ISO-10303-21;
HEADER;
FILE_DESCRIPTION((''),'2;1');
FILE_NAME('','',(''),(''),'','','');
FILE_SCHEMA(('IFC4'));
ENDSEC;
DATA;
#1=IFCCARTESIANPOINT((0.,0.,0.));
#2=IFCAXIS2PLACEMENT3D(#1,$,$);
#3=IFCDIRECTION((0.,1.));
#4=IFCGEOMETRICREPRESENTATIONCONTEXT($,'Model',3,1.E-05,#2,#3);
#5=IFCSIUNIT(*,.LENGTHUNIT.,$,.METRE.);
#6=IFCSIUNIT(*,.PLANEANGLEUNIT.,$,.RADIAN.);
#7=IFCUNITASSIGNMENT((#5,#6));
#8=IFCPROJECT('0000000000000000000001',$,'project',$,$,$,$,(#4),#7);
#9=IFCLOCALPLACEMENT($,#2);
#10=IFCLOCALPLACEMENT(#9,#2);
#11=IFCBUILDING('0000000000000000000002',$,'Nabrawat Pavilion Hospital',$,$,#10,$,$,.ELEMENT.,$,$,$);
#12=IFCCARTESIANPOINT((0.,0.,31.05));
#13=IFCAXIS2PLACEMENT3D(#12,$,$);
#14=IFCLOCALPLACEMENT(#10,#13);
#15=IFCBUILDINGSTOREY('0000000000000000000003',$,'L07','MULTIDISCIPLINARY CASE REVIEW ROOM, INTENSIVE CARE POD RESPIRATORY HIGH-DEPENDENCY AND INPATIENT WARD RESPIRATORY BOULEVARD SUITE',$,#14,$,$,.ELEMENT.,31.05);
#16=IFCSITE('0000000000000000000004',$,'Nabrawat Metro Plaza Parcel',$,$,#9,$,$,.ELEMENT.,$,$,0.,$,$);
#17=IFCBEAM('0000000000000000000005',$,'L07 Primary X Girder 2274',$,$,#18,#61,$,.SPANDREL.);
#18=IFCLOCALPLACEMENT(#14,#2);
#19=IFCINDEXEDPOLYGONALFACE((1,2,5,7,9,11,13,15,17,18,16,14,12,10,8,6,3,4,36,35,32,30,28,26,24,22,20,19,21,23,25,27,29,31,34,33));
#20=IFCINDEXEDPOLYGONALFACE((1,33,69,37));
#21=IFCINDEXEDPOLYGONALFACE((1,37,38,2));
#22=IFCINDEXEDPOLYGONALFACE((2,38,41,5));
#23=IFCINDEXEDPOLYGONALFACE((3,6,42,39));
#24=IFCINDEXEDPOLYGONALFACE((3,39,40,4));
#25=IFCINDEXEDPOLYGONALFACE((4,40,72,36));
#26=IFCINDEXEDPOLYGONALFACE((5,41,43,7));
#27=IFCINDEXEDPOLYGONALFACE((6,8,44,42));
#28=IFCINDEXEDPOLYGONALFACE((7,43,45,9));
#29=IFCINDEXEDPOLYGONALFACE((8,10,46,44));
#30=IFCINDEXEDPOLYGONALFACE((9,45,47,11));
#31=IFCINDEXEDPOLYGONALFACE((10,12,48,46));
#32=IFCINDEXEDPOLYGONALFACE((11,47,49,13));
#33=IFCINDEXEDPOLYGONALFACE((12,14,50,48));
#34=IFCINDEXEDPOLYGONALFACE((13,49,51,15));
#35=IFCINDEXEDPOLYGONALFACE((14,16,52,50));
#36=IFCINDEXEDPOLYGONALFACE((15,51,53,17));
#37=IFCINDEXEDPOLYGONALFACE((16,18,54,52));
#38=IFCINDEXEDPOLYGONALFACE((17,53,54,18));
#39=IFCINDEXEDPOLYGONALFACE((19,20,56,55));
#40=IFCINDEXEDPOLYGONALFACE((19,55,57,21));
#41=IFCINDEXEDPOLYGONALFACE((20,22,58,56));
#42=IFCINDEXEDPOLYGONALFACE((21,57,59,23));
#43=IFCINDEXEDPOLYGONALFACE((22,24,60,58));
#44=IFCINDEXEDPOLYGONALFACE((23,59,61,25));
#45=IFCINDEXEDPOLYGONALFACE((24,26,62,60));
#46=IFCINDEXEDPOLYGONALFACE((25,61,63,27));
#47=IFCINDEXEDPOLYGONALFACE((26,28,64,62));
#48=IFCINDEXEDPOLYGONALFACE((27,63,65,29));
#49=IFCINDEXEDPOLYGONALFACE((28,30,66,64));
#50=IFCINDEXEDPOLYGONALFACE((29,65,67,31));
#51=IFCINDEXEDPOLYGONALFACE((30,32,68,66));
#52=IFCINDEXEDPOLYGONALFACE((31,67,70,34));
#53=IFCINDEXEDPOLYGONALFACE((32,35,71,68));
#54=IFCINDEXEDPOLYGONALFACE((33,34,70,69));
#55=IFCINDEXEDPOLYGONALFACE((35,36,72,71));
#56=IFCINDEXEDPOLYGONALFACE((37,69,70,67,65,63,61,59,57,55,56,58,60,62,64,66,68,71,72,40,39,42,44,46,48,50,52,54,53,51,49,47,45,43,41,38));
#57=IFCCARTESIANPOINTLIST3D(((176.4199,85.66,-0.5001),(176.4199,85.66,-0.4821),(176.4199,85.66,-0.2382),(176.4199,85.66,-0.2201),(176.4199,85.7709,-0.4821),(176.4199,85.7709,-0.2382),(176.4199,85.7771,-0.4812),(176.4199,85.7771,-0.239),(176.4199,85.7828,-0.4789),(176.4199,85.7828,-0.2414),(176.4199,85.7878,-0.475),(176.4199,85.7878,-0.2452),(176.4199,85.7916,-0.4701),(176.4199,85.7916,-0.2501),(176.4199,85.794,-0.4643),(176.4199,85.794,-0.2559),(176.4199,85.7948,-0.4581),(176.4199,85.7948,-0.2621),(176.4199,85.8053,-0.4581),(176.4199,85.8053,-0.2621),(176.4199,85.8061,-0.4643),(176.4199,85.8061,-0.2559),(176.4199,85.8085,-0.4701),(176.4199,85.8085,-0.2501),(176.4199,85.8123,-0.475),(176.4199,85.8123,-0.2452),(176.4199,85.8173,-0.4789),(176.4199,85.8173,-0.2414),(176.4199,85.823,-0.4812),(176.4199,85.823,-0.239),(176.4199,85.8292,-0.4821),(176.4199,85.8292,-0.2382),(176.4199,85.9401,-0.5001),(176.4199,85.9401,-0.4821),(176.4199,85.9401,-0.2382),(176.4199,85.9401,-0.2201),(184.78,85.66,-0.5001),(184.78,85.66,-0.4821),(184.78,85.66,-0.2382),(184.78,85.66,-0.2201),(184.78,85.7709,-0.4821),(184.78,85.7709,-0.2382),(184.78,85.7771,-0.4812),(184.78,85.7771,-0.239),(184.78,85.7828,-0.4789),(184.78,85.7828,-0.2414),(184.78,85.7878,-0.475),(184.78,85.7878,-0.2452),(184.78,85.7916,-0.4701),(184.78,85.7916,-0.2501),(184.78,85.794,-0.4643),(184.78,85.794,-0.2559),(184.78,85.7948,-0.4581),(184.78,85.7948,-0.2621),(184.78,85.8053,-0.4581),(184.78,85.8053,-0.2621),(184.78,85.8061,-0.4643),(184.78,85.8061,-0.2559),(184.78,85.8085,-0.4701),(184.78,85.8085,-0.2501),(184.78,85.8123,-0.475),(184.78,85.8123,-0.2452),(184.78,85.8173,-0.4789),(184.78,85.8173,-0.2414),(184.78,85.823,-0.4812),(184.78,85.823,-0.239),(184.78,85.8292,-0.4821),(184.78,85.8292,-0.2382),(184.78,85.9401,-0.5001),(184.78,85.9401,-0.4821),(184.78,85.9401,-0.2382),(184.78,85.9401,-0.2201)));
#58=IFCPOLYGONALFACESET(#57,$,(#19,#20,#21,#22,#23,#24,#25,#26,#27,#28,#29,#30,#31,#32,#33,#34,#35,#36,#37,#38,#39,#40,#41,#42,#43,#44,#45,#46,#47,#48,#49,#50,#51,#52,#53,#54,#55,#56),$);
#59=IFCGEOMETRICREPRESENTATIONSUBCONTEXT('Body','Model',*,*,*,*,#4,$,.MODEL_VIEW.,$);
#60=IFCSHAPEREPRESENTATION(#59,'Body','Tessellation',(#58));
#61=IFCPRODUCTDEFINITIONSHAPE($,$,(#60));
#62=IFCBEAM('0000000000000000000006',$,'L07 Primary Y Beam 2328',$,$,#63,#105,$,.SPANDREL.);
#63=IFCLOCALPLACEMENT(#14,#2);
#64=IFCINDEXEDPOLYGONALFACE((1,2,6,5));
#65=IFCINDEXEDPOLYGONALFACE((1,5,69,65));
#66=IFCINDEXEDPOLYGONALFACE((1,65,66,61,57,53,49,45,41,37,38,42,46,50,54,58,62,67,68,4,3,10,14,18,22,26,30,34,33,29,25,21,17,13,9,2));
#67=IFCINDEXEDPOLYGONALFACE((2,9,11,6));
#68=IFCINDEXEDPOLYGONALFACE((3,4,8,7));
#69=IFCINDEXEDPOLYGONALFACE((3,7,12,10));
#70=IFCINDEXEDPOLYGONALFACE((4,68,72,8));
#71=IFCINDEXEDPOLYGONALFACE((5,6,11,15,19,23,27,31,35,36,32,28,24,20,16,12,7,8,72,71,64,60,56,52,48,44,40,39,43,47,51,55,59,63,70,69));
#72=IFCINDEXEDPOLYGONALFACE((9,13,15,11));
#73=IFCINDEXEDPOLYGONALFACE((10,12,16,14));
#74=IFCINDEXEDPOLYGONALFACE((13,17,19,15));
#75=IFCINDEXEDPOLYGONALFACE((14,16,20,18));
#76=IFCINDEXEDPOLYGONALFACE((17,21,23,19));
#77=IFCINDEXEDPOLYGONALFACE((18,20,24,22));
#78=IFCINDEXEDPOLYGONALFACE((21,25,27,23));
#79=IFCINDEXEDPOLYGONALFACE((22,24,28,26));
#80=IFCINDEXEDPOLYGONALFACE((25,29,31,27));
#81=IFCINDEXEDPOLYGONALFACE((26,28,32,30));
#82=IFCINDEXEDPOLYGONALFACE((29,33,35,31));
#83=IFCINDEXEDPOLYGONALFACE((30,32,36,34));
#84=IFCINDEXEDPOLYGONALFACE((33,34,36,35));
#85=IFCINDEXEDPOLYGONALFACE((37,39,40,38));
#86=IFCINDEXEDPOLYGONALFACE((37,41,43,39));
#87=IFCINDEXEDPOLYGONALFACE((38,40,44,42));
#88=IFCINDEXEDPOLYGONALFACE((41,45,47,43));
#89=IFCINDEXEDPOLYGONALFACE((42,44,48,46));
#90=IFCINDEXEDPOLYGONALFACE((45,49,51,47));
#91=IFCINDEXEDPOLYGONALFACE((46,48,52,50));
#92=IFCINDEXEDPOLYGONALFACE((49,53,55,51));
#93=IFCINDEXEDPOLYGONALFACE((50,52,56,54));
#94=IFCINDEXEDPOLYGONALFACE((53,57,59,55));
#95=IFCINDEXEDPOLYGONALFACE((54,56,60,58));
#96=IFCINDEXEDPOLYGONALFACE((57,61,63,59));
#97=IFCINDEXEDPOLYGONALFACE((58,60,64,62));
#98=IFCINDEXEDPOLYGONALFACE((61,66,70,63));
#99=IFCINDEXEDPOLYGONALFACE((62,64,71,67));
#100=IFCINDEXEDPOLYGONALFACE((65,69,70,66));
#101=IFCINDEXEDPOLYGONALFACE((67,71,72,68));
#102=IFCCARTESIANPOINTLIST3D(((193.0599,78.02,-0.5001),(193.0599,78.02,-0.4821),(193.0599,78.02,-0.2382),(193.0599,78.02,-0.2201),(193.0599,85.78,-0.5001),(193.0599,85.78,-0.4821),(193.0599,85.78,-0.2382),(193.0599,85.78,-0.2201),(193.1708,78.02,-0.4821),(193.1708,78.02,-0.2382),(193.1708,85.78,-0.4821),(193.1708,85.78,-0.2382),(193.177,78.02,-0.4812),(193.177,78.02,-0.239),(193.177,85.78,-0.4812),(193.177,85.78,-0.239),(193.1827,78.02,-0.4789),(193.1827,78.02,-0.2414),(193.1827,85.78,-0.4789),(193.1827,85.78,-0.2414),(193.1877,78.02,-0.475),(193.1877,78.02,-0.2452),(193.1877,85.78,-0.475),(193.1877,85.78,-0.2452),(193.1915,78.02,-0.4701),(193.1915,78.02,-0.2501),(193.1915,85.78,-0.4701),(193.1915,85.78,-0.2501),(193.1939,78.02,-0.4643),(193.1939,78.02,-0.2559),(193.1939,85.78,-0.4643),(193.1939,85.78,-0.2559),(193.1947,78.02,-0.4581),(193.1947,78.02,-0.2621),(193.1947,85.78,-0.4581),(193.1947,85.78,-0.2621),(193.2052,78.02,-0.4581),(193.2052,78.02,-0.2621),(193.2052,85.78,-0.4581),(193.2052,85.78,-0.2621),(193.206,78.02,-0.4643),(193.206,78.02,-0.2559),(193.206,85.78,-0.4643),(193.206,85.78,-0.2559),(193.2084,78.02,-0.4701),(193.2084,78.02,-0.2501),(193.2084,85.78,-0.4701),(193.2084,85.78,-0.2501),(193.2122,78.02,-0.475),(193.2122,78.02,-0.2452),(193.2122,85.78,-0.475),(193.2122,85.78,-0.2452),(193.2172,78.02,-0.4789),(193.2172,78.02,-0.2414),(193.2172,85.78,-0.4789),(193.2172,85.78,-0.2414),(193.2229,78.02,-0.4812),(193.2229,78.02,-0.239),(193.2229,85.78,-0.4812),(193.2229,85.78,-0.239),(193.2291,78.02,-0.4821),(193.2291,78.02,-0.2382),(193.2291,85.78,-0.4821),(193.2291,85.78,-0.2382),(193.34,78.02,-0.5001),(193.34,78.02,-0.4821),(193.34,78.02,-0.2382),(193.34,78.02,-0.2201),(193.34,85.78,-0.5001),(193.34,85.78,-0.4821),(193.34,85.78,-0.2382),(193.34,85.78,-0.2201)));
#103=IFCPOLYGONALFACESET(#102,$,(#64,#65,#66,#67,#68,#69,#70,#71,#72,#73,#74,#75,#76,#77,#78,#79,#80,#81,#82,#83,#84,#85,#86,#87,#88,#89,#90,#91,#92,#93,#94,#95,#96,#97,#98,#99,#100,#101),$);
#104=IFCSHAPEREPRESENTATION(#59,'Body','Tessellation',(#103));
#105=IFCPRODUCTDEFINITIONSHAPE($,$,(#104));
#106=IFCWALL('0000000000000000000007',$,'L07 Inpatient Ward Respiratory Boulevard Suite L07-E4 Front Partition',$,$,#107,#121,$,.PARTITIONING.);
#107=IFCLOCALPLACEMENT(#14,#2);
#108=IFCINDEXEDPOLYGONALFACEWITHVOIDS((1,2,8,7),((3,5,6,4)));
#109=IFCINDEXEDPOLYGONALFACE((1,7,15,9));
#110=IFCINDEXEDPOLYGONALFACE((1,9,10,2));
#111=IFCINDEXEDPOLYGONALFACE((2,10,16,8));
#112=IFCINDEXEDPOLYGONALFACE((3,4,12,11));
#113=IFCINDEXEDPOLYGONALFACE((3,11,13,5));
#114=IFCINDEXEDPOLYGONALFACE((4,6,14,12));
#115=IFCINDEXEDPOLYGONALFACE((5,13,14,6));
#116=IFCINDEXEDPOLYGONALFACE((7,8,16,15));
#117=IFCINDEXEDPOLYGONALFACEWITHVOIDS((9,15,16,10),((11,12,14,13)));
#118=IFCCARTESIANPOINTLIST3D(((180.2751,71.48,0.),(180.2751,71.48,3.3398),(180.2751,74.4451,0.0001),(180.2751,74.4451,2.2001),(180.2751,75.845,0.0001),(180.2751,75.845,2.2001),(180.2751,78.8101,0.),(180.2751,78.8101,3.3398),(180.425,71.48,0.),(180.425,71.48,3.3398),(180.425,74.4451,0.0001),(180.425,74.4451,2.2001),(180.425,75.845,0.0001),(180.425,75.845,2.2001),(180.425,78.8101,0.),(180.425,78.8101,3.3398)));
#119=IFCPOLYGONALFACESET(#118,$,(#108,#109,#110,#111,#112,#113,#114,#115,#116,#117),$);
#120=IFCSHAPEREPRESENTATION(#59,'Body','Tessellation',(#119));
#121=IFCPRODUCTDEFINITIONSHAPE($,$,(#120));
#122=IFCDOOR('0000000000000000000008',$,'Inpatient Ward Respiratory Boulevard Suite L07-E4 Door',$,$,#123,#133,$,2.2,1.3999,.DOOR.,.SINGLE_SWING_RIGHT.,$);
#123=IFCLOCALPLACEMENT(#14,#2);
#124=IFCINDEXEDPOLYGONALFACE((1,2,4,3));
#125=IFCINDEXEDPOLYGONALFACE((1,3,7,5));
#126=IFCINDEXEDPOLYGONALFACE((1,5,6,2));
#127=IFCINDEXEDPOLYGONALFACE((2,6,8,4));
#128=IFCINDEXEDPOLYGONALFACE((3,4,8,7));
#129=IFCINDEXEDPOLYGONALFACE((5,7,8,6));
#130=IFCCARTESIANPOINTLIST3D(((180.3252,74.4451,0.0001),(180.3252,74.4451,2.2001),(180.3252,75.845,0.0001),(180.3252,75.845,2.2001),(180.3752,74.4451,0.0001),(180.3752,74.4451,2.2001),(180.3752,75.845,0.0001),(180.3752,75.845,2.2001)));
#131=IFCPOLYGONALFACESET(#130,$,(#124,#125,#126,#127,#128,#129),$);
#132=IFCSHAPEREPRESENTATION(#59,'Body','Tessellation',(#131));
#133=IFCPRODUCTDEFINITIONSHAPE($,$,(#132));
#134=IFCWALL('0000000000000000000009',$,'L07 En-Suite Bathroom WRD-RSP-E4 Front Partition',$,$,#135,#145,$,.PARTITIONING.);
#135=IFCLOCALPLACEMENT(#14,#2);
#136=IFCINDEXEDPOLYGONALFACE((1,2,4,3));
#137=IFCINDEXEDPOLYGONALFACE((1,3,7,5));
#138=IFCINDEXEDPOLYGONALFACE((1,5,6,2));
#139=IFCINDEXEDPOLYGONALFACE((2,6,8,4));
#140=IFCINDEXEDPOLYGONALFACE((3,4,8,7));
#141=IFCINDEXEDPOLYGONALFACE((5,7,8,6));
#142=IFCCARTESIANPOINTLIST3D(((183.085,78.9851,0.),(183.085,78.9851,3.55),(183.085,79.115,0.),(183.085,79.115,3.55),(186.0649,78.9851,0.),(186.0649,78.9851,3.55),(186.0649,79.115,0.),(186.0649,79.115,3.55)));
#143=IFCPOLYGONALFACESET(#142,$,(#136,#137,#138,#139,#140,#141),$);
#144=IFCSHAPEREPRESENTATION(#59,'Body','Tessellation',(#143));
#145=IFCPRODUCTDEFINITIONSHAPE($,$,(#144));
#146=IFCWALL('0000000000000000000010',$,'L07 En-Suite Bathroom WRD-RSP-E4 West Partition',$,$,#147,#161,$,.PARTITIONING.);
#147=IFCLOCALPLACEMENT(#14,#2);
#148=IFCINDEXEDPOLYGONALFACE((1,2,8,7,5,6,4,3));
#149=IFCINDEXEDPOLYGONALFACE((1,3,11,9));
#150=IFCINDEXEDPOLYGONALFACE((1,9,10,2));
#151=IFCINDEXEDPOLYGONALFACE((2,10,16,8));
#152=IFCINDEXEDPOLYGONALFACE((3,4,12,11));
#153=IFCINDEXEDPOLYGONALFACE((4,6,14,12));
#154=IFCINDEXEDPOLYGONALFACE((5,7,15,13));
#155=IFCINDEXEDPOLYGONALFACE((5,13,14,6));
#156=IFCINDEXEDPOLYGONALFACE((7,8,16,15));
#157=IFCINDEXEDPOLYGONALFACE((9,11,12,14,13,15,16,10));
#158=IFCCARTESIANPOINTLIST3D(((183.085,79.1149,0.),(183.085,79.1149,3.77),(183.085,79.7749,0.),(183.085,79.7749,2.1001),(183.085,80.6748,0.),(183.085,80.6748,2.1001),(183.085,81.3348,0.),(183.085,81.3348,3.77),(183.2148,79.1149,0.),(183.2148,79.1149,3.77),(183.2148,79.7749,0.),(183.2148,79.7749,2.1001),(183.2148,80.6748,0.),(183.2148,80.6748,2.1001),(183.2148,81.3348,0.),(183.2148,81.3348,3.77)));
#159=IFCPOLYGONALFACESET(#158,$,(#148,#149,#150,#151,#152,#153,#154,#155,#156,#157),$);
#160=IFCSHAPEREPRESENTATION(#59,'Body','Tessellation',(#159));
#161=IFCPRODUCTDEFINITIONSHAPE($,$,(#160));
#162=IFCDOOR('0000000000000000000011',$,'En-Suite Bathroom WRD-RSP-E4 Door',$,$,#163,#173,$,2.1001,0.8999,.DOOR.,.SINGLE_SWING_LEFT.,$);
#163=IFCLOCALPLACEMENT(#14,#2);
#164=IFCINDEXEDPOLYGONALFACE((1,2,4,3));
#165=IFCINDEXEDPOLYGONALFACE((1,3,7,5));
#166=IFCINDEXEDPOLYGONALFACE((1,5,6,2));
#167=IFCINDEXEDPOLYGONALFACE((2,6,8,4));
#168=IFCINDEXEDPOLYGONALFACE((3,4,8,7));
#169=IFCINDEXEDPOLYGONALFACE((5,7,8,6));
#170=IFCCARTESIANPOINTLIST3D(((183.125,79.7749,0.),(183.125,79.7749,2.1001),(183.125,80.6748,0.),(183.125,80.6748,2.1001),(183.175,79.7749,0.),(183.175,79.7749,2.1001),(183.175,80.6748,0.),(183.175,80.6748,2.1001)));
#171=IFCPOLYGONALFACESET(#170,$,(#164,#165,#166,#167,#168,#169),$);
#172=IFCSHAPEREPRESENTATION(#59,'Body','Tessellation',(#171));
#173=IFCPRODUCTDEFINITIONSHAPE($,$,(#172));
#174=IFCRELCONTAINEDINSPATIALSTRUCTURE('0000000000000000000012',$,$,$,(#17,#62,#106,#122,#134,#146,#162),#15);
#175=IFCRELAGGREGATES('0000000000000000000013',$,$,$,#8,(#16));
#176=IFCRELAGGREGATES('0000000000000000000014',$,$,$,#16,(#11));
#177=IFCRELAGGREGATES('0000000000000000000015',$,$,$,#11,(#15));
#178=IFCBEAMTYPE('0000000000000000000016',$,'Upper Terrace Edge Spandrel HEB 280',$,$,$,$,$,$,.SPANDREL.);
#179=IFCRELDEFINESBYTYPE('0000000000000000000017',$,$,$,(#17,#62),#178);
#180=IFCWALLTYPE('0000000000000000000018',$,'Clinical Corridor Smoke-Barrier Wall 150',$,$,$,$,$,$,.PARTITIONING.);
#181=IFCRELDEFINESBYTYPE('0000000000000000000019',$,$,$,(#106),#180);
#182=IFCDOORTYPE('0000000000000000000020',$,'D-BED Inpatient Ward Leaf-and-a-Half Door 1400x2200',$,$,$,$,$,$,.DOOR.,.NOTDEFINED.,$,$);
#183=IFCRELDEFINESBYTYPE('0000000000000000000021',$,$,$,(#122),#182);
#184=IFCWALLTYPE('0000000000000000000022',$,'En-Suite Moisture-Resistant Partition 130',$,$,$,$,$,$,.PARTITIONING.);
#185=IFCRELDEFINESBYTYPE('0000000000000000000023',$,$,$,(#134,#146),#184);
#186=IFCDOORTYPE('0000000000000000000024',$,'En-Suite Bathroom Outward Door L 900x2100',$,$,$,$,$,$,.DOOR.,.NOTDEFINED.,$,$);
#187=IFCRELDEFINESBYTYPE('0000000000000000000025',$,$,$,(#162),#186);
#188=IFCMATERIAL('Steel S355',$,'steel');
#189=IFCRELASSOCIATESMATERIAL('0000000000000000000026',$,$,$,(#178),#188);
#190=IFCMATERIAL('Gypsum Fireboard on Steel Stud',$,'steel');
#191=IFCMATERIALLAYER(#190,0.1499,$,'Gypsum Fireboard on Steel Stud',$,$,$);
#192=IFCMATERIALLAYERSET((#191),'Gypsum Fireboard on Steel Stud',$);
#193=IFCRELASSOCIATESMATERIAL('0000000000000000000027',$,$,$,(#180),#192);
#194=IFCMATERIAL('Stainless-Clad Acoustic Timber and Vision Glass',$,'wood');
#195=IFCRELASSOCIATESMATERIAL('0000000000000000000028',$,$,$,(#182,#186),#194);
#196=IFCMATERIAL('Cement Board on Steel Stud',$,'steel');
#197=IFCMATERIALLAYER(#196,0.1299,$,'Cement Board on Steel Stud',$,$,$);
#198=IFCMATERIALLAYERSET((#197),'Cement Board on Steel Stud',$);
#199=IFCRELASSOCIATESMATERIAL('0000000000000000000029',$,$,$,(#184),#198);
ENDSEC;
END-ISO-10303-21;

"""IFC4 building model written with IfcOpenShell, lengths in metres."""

from ifc_helpers import new_model, si_unit, direction, frame, frame_2d, origin, origin_2d, place, context, subcontext, project, spatial, rectangle, i_section, extrude, material, layer, layer_set, material_profile, profile_set, type_object, element, fill, save


model = new_model("IFC4")

# Units and contexts
model_context = context("Model", 3, precision=1e-05, world=origin(), true_north=direction((0.0, 1.0)))
body_context = subcontext(model_context, "Body", "Model", "MODEL_VIEW")
ifc_project = project(units=[si_unit("LENGTHUNIT", "METRE"), si_unit("PLANEANGLEUNIT", "RADIAN")], contexts=[model_context])

# Site, building, storey
site_placement = place(None, origin())
site = spatial("IfcSite", under=ifc_project, at=site_placement, Name="Nabrawat Metro Plaza Parcel", CompositionType="ELEMENT", RefElevation=0.0)
building_placement = place(site_placement, origin())
building = spatial("IfcBuilding", under=site, at=building_placement, Name="Nabrawat Pavilion Hospital", CompositionType="ELEMENT")
storey_placement = place(building_placement, frame((0.0, 0.0, 31.05)))
storey = spatial("IfcBuildingStorey", under=building, at=storey_placement, Name="L07", Description="MULTIDISCIPLINARY CASE REVIEW ROOM, INTENSIVE CARE POD RESPIRATORY HIGH-DEPENDENCY AND INPATIENT WARD RESPIRATORY BOULEVARD SUITE", CompositionType="ELEMENT", Elevation=31.05)

# Shared definitions
ifc_material_1 = material(Name="Steel S355", Category="steel")

# Beams
ifc_material_profile_1 = material_profile(ifc_material_1, i_section(OverallWidth=0.28, OverallDepth=0.28, WebThickness=0.0105, FlangeThickness=0.0181, FilletRadius=0.0239, at=origin_2d()), Name="HEB 280")
ifc_profile_set_1 = profile_set([ifc_material_profile_1], Name="Steel S355")
beam_type_1 = type_object("IfcBeamType", Name="Upper Terrace Edge Spandrel HEB 280", PredefinedType="SPANDREL", material=ifc_profile_set_1)
beam_1_placement = place(storey_placement, frame((176.4199, 85.8, -0.3601), z_axis=(1.0, 0.0, 0.0), x_axis=(0.0, 1.0, 0.0)))
element("IfcBeam", 1, at=beam_1_placement, inside=storey, type_object=beam_type_1, Name="L07 Primary X Girder 2274", PredefinedType="SPANDREL", context=body_context, shape_type="SweptSolid", body=[
    extrude(i_section(OverallWidth=0.28, OverallDepth=0.28, WebThickness=0.0105, FlangeThickness=0.0181, FilletRadius=0.0239, at=origin_2d()), origin(), (0.0, 0.0, 1.0), 8.3601),
])
beam_2_placement = place(storey_placement, frame((193.2, 78.02, -0.3601), z_axis=(0.0, 1.0, 0.0), x_axis=(-1.0, 0.0, 0.0)))
element("IfcBeam", 2, at=beam_2_placement, inside=storey, type_object=beam_type_1, Name="L07 Primary Y Beam 2328", PredefinedType="SPANDREL", context=body_context, shape_type="SweptSolid", body=[
    extrude(i_section(OverallWidth=0.28, OverallDepth=0.28, WebThickness=0.0105, FlangeThickness=0.0181, FilletRadius=0.0239, at=origin_2d()), origin(), (0.0, 0.0, 1.0), 7.76),
])

# Wall, opening, door
ifc_material_2 = material(Name="Gypsum Fireboard on Steel Stud", Category="steel")
ifc_layer_1 = layer(ifc_material_2, 0.1499, Name="Gypsum Fireboard on Steel Stud")
ifc_layer_set_1 = layer_set([ifc_layer_1], Name="Gypsum Fireboard on Steel Stud")
wall_type_1 = type_object("IfcWallType", Name="Clinical Corridor Smoke-Barrier Wall 150", PredefinedType="PARTITIONING", material=ifc_layer_set_1)
wall_1_placement = place(storey_placement, frame((180.3501, 71.48, 0.0), z_axis=(0.0, 0.0, 1.0), x_axis=(0.0, 1.0, 0.0)))
wall_1 = element("IfcWall", 3, at=wall_1_placement, inside=storey, type_object=wall_type_1, Name="L07 Inpatient Ward Respiratory Boulevard Suite L07-E4 Front Partition", PredefinedType="PARTITIONING", context=body_context, shape_type="SweptSolid", body=[
    extrude(rectangle(XDim=7.3301, YDim=0.1499, at=frame_2d((3.665, 0.0))), origin(), (0.0, 0.0, 1.0), 3.3398),
])
opening_1_placement = place(wall_1_placement, frame((2.9651, 0.0, 0.0)))
opening_1 = element("IfcOpeningElement", 4, at=opening_1_placement, cuts=wall_1, PredefinedType="OPENING", context=body_context, shape_type="SweptSolid", body=[
    extrude(rectangle(XDim=1.3999, YDim=2.2, at=frame_2d((0.7, 1.1001))), frame((0.0, 0.085, 0.0), z_axis=(0.0, -1.0, 0.0), x_axis=(1.0, 0.0, 0.0)), (0.0, 0.0, 1.0), 0.1699),
])
ifc_material_3 = material(Name="Stainless-Clad Acoustic Timber and Vision Glass", Category="wood")
door_type_1 = type_object("IfcDoorType", Name="D-BED Inpatient Ward Leaf-and-a-Half Door 1400x2200", OperationType="NOTDEFINED", PredefinedType="DOOR", material=ifc_material_3)
door_1_placement = place(opening_1_placement, origin())
door_1 = element("IfcDoor", 5, at=door_1_placement, inside=storey, type_object=door_type_1, Name="Inpatient Ward Respiratory Boulevard Suite L07-E4 Door", OperationType="SINGLE_SWING_RIGHT", OverallHeight=2.2, OverallWidth=1.3999, PredefinedType="DOOR", context=body_context, shape_type="SweptSolid", body=[
    extrude(rectangle(XDim=1.3999, YDim=2.2, at=frame_2d((0.7, 1.1001))), frame((0.0, 0.0249, 0.0), z_axis=(0.0, -1.0, 0.0), x_axis=(1.0, 0.0, 0.0)), (0.0, 0.0, 1.0), 0.05),
])
fill(opening_1, door_1)

# Wall
ifc_material_4 = material(Name="Cement Board on Steel Stud", Category="steel")
ifc_layer_2 = layer(ifc_material_4, 0.1299, Name="Cement Board on Steel Stud")
ifc_layer_set_2 = layer_set([ifc_layer_2], Name="Cement Board on Steel Stud")
wall_type_2 = type_object("IfcWallType", Name="En-Suite Moisture-Resistant Partition 130", PredefinedType="PARTITIONING", material=ifc_layer_set_2)
wall_2_placement = place(storey_placement, frame((183.085, 79.05, 0.0), z_axis=(0.0, 0.0, 1.0), x_axis=(1.0, 0.0, 0.0)))
element("IfcWall", 6, at=wall_2_placement, inside=storey, type_object=wall_type_2, Name="L07 En-Suite Bathroom WRD-RSP-E4 Front Partition", PredefinedType="PARTITIONING", context=body_context, shape_type="SweptSolid", body=[
    extrude(rectangle(XDim=2.98, YDim=0.1299, at=frame_2d((1.49, 0.0))), origin(), (0.0, 0.0, 1.0), 3.55),
])

# Wall, opening, door
wall_3_placement = place(storey_placement, frame((183.1499, 79.115, 0.0), z_axis=(0.0, 0.0, 1.0), x_axis=(0.0, 1.0, 0.0)))
wall_3 = element("IfcWall", 7, at=wall_3_placement, inside=storey, type_object=wall_type_2, Name="L07 En-Suite Bathroom WRD-RSP-E4 West Partition", PredefinedType="PARTITIONING", context=body_context, shape_type="SweptSolid", body=[
    extrude(rectangle(XDim=2.22, YDim=0.1299, at=frame_2d((1.1099, 0.0))), origin(), (0.0, 0.0, 1.0), 3.77),
])
opening_2_placement = place(wall_3_placement, frame((0.6599, 0.0, 0.0)))
opening_2 = element("IfcOpeningElement", 8, at=opening_2_placement, cuts=wall_3, PredefinedType="OPENING", context=body_context, shape_type="SweptSolid", body=[
    extrude(rectangle(XDim=0.8999, YDim=2.1001, at=frame_2d((0.45, 1.05))), frame((0.0, 0.075, 0.0), z_axis=(0.0, -1.0, 0.0), x_axis=(1.0, 0.0, 0.0)), (0.0, 0.0, 1.0), 0.1499),
])
door_type_2 = type_object("IfcDoorType", Name="En-Suite Bathroom Outward Door L 900x2100", OperationType="NOTDEFINED", PredefinedType="DOOR", material=ifc_material_3)
door_2_placement = place(opening_2_placement, origin())
door_2 = element("IfcDoor", 9, at=door_2_placement, inside=storey, type_object=door_type_2, Name="En-Suite Bathroom WRD-RSP-E4 Door", OperationType="SINGLE_SWING_LEFT", OverallHeight=2.1001, OverallWidth=0.8999, PredefinedType="DOOR", context=body_context, shape_type="SweptSolid", body=[
    extrude(rectangle(XDim=0.8999, YDim=2.1001, at=frame_2d((0.45, 1.05))), frame((0.0, 0.0249, 0.0), z_axis=(0.0, -1.0, 0.0), x_axis=(1.0, 0.0, 0.0)), (0.0, 0.0, 1.0), 0.05),
])
fill(opening_2, door_2)

save(model, "model.ifc")
